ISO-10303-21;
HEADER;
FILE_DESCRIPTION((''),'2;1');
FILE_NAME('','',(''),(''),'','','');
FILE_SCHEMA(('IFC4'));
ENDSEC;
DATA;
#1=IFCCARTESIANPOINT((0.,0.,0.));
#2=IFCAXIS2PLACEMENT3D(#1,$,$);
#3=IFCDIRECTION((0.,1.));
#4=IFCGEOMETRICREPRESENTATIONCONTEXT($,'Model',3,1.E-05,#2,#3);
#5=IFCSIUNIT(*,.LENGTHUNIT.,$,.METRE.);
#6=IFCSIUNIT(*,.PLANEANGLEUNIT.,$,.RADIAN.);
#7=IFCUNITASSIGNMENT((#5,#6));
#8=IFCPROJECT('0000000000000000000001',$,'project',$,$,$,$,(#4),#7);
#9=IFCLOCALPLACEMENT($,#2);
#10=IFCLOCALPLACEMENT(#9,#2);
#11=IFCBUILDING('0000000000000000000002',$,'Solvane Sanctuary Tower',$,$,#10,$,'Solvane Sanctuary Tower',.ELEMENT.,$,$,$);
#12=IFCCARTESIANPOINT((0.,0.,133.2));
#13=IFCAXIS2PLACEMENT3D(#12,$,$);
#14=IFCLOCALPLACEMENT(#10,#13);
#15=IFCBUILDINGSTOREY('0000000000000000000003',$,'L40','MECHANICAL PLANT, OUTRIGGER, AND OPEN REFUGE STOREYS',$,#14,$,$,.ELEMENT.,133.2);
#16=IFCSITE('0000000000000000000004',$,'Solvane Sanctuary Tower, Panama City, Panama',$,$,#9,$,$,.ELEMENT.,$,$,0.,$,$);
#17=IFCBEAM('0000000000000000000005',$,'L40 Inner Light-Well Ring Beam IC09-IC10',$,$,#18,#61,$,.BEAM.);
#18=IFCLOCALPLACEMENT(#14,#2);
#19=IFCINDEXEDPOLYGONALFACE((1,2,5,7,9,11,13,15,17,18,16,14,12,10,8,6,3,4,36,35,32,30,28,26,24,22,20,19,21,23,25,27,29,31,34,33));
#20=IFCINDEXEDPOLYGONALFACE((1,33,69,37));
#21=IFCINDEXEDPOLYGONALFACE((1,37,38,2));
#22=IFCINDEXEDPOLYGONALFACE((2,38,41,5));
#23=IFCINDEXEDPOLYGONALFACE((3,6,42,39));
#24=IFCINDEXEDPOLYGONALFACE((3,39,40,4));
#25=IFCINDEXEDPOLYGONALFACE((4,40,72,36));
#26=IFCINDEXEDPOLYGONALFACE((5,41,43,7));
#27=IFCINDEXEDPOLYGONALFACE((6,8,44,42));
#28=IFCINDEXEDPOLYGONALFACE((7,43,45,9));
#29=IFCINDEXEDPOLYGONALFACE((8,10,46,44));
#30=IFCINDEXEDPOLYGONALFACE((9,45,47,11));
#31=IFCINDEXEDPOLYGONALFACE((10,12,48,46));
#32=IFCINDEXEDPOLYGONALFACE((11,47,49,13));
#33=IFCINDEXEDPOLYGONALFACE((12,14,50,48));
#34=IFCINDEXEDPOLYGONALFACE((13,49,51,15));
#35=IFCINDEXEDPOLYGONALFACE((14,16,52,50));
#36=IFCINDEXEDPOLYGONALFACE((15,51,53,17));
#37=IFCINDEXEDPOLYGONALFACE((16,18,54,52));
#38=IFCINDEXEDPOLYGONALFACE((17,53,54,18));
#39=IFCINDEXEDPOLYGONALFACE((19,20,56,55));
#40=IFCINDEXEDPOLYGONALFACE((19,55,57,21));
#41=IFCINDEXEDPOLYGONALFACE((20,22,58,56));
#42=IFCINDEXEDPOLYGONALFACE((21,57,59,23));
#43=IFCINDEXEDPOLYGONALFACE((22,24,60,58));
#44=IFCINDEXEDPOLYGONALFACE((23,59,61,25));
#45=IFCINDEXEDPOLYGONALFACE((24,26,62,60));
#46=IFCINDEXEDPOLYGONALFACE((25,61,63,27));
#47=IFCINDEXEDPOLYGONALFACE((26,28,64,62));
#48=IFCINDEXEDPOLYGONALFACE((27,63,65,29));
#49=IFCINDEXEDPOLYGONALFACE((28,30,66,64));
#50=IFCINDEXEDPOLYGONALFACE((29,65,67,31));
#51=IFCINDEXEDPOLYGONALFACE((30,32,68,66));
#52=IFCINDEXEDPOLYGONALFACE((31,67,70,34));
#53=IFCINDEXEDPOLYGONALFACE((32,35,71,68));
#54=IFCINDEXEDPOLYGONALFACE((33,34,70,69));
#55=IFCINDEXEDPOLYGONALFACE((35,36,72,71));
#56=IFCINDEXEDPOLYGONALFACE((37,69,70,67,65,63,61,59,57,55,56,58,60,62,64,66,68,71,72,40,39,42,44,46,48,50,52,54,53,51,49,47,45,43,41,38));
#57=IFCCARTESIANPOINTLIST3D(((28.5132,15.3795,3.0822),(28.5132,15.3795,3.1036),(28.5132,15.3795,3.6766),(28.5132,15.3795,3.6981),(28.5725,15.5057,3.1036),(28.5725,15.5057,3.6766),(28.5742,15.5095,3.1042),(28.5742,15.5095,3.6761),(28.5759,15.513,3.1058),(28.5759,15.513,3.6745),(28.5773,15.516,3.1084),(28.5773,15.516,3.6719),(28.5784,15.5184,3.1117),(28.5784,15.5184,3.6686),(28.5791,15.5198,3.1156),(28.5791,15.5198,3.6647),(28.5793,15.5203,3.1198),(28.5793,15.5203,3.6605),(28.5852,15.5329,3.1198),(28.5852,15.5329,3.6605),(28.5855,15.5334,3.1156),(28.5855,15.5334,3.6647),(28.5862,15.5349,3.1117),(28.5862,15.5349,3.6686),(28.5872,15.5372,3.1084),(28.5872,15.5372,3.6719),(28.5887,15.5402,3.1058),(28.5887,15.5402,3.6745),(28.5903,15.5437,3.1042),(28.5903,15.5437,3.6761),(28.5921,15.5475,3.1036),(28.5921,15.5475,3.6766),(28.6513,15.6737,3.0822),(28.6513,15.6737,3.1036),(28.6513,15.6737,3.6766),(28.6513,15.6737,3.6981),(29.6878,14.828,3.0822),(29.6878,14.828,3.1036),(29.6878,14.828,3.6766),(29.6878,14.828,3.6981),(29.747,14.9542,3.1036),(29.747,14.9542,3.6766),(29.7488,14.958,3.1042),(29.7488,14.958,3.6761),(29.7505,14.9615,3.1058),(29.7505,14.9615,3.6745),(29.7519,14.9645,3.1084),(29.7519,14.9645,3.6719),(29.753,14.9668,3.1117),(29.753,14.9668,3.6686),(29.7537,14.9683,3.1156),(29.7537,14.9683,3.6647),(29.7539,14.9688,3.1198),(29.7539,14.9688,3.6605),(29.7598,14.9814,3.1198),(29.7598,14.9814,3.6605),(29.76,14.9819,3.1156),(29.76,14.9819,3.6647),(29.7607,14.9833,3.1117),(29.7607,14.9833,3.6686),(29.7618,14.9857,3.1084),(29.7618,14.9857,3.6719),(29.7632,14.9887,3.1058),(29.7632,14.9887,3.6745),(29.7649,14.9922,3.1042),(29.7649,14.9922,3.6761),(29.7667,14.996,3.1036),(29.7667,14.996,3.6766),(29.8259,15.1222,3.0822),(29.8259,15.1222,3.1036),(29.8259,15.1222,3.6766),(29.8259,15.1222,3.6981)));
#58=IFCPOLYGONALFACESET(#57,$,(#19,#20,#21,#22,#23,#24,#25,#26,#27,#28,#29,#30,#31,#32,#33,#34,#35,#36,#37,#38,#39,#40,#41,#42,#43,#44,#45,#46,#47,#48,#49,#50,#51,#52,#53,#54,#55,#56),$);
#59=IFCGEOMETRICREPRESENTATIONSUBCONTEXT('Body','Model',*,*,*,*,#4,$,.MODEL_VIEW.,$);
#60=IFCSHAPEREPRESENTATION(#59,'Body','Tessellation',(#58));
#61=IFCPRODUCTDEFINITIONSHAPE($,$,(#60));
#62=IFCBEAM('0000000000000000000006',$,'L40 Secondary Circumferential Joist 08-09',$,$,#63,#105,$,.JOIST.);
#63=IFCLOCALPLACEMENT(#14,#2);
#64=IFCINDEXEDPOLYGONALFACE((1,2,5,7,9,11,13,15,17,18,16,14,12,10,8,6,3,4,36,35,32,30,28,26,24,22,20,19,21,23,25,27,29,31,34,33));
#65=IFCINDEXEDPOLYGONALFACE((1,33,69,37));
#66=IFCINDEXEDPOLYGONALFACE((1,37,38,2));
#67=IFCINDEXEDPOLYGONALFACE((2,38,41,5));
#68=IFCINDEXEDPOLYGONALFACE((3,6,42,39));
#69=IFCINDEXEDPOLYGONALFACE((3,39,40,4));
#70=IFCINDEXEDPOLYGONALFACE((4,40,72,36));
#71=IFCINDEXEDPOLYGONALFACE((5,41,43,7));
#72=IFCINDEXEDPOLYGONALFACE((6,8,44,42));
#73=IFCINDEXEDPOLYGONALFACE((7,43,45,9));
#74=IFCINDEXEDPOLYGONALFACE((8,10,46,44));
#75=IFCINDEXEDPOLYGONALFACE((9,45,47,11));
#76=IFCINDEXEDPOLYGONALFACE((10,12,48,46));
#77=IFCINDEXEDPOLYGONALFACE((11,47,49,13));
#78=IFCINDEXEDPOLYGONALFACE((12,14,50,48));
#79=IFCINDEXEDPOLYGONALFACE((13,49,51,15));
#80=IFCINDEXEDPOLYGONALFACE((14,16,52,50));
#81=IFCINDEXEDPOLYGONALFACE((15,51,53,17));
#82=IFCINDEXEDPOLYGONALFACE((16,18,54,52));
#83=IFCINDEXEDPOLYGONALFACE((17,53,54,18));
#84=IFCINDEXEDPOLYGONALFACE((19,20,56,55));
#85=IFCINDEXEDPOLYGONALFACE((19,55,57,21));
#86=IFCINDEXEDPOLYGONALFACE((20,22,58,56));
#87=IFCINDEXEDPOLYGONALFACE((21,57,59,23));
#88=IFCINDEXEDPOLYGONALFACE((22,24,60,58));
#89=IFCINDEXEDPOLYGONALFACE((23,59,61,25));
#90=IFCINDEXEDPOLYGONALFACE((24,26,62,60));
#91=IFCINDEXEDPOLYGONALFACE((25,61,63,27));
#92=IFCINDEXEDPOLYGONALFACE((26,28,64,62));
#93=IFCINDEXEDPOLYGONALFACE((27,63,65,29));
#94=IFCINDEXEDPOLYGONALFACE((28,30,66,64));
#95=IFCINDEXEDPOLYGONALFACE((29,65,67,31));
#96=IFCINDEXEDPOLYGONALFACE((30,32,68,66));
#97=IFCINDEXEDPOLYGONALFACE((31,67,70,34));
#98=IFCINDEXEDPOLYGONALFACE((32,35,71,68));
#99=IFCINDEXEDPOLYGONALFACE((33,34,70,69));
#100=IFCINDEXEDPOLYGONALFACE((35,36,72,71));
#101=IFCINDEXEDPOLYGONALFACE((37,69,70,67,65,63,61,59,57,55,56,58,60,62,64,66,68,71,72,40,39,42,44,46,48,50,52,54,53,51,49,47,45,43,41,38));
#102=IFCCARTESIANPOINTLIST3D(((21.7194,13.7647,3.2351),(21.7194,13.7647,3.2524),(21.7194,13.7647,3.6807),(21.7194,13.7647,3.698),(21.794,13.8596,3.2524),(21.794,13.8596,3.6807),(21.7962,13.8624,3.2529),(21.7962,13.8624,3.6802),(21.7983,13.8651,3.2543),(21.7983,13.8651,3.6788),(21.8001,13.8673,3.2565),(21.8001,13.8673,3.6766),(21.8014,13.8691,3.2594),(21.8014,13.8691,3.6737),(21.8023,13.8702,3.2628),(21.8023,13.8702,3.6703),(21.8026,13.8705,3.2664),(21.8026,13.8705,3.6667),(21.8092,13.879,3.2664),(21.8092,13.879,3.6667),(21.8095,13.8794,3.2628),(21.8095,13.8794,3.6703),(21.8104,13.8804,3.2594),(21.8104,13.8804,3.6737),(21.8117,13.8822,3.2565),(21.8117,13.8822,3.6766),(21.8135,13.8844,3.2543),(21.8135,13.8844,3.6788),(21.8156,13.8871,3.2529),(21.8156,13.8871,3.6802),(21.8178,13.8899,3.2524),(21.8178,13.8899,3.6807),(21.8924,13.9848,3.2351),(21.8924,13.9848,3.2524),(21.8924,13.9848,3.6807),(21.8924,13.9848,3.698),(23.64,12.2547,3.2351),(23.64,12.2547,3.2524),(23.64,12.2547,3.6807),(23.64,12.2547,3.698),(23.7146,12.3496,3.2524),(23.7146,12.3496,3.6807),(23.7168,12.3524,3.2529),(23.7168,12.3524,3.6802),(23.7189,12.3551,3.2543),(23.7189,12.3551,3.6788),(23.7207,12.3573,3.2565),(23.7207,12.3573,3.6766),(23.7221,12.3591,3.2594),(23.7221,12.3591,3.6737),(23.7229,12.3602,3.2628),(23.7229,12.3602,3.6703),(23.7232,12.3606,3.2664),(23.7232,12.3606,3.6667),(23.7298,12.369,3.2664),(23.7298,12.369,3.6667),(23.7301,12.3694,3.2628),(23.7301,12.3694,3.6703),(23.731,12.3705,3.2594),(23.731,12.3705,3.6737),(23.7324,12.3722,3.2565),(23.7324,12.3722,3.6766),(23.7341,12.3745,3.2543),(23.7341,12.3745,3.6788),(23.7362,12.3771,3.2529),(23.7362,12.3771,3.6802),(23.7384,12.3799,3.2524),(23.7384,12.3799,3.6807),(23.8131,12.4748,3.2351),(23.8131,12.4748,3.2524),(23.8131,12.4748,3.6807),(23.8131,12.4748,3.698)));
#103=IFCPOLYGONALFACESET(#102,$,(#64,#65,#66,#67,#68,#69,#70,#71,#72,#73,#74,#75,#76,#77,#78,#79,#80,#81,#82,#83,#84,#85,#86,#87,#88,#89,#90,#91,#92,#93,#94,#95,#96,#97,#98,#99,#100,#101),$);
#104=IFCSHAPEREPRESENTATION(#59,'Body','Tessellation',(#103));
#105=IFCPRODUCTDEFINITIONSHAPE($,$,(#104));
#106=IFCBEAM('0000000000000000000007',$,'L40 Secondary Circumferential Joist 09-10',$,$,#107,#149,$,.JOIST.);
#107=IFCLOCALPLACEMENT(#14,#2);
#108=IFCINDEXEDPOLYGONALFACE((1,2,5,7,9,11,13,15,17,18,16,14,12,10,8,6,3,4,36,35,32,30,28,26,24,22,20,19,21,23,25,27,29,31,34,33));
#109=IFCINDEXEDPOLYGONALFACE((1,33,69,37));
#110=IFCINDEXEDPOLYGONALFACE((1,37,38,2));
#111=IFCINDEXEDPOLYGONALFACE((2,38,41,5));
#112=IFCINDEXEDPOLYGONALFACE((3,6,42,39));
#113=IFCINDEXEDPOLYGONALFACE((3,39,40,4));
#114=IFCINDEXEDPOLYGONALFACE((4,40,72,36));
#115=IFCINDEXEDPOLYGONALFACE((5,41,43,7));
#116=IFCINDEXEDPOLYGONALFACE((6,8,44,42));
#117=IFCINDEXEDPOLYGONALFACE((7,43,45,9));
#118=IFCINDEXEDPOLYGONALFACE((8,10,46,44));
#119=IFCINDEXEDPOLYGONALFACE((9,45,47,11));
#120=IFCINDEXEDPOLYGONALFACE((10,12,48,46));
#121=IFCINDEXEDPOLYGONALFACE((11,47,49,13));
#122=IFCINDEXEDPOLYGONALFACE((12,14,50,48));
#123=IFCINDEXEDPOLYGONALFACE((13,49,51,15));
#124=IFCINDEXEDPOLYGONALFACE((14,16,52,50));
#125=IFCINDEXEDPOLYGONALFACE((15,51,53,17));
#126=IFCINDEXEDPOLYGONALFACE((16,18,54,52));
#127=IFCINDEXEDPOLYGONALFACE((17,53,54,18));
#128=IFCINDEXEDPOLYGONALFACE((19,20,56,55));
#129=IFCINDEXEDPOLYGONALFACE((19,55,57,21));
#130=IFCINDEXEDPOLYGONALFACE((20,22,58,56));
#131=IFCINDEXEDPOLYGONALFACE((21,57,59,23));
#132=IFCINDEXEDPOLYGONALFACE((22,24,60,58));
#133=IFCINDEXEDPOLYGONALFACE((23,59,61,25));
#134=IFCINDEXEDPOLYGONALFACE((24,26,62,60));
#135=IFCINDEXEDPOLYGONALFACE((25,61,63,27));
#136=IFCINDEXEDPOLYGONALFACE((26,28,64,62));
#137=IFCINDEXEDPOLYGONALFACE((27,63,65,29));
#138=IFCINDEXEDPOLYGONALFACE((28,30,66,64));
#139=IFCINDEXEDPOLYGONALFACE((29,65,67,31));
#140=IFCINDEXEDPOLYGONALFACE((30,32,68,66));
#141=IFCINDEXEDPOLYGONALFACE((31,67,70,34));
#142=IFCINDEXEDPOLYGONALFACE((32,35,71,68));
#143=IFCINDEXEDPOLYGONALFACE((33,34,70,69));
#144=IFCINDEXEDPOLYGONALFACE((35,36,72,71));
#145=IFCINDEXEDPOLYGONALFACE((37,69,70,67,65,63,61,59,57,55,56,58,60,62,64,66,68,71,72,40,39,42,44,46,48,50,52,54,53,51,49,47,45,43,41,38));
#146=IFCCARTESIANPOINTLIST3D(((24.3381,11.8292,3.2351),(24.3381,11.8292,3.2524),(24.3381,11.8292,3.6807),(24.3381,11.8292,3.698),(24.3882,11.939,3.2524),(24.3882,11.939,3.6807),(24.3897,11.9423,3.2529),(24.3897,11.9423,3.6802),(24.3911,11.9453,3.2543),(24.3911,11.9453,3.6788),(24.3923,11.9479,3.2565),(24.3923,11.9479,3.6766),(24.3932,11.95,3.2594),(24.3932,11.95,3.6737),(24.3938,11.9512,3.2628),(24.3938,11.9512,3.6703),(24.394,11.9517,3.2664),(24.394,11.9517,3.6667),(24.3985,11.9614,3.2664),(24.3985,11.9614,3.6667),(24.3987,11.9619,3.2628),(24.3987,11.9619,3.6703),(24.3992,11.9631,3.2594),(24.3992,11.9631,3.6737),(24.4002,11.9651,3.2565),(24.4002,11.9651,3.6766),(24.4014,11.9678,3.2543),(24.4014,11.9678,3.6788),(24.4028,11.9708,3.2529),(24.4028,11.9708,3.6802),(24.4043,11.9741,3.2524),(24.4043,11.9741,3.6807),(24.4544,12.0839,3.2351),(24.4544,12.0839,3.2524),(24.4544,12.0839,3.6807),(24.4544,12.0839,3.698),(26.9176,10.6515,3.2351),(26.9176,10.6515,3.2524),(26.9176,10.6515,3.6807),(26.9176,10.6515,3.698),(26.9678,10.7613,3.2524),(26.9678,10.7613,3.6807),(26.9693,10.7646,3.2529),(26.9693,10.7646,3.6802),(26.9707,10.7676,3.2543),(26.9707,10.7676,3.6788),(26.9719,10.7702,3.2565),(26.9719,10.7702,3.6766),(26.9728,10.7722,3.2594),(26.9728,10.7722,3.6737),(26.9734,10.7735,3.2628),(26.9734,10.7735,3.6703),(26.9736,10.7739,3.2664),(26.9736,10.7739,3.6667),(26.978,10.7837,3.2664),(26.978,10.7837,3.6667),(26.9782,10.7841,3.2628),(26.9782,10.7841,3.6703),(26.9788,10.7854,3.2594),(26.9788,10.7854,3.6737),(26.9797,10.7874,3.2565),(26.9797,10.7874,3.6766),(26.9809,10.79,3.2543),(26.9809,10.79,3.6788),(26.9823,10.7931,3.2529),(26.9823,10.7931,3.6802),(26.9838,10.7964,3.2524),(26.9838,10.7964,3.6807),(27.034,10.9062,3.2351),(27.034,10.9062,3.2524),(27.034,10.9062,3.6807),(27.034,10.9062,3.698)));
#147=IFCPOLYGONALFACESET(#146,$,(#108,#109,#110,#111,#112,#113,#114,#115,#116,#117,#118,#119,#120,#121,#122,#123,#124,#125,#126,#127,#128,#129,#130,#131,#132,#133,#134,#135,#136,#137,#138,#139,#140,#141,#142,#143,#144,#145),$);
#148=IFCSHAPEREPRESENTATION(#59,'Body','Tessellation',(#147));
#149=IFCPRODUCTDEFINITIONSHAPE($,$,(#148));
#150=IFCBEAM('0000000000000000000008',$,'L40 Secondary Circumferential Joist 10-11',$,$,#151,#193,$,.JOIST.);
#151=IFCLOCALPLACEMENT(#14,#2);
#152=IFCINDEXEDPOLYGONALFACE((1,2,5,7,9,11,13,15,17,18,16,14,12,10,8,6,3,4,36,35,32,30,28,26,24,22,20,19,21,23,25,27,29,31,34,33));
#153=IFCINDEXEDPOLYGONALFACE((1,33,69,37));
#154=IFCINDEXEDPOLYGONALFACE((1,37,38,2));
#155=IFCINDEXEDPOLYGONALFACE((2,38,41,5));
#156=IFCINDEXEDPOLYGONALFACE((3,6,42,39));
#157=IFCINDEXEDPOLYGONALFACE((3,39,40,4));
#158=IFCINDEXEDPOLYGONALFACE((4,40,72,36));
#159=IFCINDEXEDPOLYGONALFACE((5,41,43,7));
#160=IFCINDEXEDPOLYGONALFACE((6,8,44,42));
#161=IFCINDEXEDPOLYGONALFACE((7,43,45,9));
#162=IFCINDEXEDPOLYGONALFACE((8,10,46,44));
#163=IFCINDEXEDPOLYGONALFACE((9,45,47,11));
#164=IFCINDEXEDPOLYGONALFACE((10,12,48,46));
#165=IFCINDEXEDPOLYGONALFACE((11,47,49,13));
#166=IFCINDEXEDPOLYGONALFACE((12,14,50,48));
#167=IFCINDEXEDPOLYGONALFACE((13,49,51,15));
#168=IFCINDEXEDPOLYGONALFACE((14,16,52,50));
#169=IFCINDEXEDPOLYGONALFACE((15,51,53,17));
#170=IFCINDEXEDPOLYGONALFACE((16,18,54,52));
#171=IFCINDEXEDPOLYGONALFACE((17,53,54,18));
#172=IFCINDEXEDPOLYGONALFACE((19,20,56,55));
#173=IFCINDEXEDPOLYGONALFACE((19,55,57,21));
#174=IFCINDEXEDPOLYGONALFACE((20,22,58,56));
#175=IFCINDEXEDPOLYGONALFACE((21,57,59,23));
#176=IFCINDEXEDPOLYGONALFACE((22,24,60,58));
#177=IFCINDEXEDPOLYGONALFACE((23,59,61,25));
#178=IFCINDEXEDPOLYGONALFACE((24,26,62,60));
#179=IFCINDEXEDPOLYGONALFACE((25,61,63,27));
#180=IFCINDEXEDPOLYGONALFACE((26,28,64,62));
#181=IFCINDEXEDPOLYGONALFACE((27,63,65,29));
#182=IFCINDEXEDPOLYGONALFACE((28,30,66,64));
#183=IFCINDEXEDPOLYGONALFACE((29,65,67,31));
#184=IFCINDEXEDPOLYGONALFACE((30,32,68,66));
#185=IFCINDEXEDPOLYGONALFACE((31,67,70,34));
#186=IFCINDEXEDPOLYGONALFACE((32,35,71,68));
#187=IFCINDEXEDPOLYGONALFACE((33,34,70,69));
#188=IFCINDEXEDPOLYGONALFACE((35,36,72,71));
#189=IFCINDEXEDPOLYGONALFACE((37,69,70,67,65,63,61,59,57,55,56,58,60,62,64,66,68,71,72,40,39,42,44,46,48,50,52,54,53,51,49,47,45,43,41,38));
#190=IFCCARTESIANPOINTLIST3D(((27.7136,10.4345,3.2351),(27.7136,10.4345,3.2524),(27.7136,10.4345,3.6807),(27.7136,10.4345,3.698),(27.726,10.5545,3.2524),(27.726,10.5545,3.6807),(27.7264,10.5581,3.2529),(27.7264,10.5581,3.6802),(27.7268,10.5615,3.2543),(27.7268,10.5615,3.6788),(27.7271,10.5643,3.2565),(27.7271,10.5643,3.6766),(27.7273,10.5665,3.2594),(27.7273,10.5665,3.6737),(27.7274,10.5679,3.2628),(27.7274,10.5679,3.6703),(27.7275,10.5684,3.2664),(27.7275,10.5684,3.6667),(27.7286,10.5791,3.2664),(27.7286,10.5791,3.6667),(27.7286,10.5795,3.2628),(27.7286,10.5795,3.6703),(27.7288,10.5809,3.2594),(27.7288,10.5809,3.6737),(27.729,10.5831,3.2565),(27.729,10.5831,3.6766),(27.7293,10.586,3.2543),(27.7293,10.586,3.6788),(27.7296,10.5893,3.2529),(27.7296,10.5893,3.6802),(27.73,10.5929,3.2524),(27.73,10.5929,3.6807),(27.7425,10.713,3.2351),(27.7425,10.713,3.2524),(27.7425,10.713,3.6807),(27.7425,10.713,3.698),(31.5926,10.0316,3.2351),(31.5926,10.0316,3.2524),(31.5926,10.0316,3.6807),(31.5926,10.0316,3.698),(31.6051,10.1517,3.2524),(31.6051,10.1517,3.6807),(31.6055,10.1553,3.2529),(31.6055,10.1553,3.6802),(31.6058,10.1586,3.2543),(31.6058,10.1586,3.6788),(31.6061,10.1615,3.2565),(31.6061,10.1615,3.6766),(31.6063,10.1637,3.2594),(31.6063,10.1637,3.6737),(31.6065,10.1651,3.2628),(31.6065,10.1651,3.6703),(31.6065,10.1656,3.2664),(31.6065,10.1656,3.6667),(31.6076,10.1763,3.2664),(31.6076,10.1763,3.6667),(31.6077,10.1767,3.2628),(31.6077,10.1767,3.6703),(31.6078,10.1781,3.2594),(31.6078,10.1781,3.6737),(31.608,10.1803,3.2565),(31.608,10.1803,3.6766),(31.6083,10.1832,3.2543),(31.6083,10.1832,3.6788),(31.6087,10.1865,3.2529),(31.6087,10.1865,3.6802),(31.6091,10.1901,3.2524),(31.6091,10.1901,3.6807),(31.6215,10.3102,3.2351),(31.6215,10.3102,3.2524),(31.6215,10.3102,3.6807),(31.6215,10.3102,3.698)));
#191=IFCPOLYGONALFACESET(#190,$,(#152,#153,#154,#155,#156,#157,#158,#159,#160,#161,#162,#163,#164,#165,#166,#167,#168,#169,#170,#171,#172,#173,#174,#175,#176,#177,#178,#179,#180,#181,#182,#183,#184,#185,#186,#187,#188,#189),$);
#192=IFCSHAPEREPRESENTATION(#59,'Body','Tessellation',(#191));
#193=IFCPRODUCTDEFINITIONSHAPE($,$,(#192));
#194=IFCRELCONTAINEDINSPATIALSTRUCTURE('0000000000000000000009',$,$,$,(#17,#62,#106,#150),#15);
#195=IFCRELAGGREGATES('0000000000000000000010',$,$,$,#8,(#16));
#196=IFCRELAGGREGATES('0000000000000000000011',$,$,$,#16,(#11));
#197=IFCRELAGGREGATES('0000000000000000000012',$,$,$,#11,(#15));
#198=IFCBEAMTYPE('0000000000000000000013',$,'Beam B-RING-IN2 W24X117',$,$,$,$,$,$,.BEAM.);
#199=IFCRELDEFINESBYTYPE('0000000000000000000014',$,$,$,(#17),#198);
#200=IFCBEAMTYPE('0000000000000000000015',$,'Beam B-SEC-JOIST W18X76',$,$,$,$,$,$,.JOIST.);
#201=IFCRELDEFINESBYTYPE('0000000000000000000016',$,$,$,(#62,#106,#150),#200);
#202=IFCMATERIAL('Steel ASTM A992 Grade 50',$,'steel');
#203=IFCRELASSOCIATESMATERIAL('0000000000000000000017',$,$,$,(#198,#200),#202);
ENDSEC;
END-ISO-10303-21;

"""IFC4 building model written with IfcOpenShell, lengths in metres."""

from ifc_helpers import new_model, si_unit, direction, frame, origin, origin_2d, place, context, subcontext, project, spatial, i_section, extrude, material, material_profile, profile_set, type_object, element, save


model = new_model("IFC4")

# Units and contexts
model_context = context("Model", 3, precision=1e-05, world=origin(), true_north=direction((0.0, 1.0)))
body_context = subcontext(model_context, "Body", "Model", "MODEL_VIEW")
ifc_project = project(units=[si_unit("LENGTHUNIT", "METRE"), si_unit("PLANEANGLEUNIT", "RADIAN")], contexts=[model_context])

# Site, building, storey
site_placement = place(None, origin())
site = spatial("IfcSite", under=ifc_project, at=site_placement, Name="Solvane Sanctuary Tower, Panama City, Panama", CompositionType="ELEMENT", RefElevation=0.0)
building_placement = place(site_placement, origin())
building = spatial("IfcBuilding", under=site, at=building_placement, Name="Solvane Sanctuary Tower", LongName="Solvane Sanctuary Tower", CompositionType="ELEMENT")
storey_placement = place(building_placement, frame((0.0, 0.0, 133.2)))
storey = spatial("IfcBuildingStorey", under=building, at=storey_placement, Name="L40", Description="MECHANICAL PLANT, OUTRIGGER, AND OPEN REFUGE STOREYS", CompositionType="ELEMENT", Elevation=133.2)

# Beams
ifc_material_1 = material(Name="Steel ASTM A992 Grade 50", Category="steel")
ifc_material_profile_1 = material_profile(ifc_material_1, i_section(OverallWidth=0.325, OverallDepth=0.616, WebThickness=0.0139, FlangeThickness=0.0215, FilletRadius=0.0161, at=origin_2d()), Name="W24X117")
ifc_profile_set_1 = profile_set([ifc_material_profile_1], Name="Steel ASTM A992 Grade 50")
beam_type_1 = type_object("IfcBeamType", Name="Beam B-RING-IN2 W24X117", PredefinedType="BEAM", material=ifc_profile_set_1)
beam_1_placement = place(storey_placement, frame((28.5823, 15.5266, 3.3901), z_axis=(0.905181, -0.425027, 0.0), x_axis=(0.425027, 0.905181, 0.0)))
element("IfcBeam", 1, at=beam_1_placement, inside=storey, type_object=beam_type_1, Name="L40 Inner Light-Well Ring Beam IC09-IC10", PredefinedType="BEAM", context=body_context, shape_type="SweptSolid", body=[
    extrude(i_section(OverallWidth=0.325, OverallDepth=0.616, WebThickness=0.0139, FlangeThickness=0.0215, FilletRadius=0.0161, at=origin_2d()), origin(), (0.0, 0.0, 1.0), 1.2976),
])
ifc_material_profile_2 = material_profile(ifc_material_1, i_section(OverallWidth=0.28, OverallDepth=0.4629, WebThickness=0.0107, FlangeThickness=0.0173, FilletRadius=0.0139, at=origin_2d()), Name="W18X76")
ifc_profile_set_2 = profile_set([ifc_material_profile_2], Name="Steel ASTM A992 Grade 50")
beam_type_2 = type_object("IfcBeamType", Name="Beam B-SEC-JOIST W18X76", PredefinedType="JOIST", material=ifc_profile_set_2)
beam_2_placement = place(storey_placement, frame((21.8059, 13.8748, 3.4666), z_axis=(0.786135, -0.618055, 0.0), x_axis=(0.618055, 0.786135, 0.0)))
element("IfcBeam", 2, at=beam_2_placement, inside=storey, type_object=beam_type_2, Name="L40 Secondary Circumferential Joist 08-09", PredefinedType="JOIST", context=body_context, shape_type="SweptSolid", body=[
    extrude(i_section(OverallWidth=0.28, OverallDepth=0.4629, WebThickness=0.0107, FlangeThickness=0.0173, FilletRadius=0.0139, at=origin_2d()), origin(), (0.0, 0.0, 1.0), 2.4431),
])
beam_3_placement = place(storey_placement, frame((24.3962, 11.9565, 3.4666), z_axis=(0.909675, -0.41532, 0.0), x_axis=(0.41532, 0.909675, 0.0)))
element("IfcBeam", 3, at=beam_3_placement, inside=storey, type_object=beam_type_2, Name="L40 Secondary Circumferential Joist 09-10", PredefinedType="JOIST", context=body_context, shape_type="SweptSolid", body=[
    extrude(i_section(OverallWidth=0.28, OverallDepth=0.4629, WebThickness=0.0107, FlangeThickness=0.0173, FilletRadius=0.0139, at=origin_2d()), origin(), (0.0, 0.0, 1.0), 2.8357),
])
beam_4_placement = place(storey_placement, frame((27.728, 10.5737, 3.4666), z_axis=(0.994651, -0.10329, 0.0), x_axis=(0.10329, 0.994651, 0.0)))
element("IfcBeam", 4, at=beam_4_placement, inside=storey, type_object=beam_type_2, Name="L40 Secondary Circumferential Joist 10-11", PredefinedType="JOIST", context=body_context, shape_type="SweptSolid", body=[
    extrude(i_section(OverallWidth=0.28, OverallDepth=0.4629, WebThickness=0.0107, FlangeThickness=0.0173, FilletRadius=0.0139, at=origin_2d()), origin(), (0.0, 0.0, 1.0), 3.8999),
])

save(model, "model.ifc")
